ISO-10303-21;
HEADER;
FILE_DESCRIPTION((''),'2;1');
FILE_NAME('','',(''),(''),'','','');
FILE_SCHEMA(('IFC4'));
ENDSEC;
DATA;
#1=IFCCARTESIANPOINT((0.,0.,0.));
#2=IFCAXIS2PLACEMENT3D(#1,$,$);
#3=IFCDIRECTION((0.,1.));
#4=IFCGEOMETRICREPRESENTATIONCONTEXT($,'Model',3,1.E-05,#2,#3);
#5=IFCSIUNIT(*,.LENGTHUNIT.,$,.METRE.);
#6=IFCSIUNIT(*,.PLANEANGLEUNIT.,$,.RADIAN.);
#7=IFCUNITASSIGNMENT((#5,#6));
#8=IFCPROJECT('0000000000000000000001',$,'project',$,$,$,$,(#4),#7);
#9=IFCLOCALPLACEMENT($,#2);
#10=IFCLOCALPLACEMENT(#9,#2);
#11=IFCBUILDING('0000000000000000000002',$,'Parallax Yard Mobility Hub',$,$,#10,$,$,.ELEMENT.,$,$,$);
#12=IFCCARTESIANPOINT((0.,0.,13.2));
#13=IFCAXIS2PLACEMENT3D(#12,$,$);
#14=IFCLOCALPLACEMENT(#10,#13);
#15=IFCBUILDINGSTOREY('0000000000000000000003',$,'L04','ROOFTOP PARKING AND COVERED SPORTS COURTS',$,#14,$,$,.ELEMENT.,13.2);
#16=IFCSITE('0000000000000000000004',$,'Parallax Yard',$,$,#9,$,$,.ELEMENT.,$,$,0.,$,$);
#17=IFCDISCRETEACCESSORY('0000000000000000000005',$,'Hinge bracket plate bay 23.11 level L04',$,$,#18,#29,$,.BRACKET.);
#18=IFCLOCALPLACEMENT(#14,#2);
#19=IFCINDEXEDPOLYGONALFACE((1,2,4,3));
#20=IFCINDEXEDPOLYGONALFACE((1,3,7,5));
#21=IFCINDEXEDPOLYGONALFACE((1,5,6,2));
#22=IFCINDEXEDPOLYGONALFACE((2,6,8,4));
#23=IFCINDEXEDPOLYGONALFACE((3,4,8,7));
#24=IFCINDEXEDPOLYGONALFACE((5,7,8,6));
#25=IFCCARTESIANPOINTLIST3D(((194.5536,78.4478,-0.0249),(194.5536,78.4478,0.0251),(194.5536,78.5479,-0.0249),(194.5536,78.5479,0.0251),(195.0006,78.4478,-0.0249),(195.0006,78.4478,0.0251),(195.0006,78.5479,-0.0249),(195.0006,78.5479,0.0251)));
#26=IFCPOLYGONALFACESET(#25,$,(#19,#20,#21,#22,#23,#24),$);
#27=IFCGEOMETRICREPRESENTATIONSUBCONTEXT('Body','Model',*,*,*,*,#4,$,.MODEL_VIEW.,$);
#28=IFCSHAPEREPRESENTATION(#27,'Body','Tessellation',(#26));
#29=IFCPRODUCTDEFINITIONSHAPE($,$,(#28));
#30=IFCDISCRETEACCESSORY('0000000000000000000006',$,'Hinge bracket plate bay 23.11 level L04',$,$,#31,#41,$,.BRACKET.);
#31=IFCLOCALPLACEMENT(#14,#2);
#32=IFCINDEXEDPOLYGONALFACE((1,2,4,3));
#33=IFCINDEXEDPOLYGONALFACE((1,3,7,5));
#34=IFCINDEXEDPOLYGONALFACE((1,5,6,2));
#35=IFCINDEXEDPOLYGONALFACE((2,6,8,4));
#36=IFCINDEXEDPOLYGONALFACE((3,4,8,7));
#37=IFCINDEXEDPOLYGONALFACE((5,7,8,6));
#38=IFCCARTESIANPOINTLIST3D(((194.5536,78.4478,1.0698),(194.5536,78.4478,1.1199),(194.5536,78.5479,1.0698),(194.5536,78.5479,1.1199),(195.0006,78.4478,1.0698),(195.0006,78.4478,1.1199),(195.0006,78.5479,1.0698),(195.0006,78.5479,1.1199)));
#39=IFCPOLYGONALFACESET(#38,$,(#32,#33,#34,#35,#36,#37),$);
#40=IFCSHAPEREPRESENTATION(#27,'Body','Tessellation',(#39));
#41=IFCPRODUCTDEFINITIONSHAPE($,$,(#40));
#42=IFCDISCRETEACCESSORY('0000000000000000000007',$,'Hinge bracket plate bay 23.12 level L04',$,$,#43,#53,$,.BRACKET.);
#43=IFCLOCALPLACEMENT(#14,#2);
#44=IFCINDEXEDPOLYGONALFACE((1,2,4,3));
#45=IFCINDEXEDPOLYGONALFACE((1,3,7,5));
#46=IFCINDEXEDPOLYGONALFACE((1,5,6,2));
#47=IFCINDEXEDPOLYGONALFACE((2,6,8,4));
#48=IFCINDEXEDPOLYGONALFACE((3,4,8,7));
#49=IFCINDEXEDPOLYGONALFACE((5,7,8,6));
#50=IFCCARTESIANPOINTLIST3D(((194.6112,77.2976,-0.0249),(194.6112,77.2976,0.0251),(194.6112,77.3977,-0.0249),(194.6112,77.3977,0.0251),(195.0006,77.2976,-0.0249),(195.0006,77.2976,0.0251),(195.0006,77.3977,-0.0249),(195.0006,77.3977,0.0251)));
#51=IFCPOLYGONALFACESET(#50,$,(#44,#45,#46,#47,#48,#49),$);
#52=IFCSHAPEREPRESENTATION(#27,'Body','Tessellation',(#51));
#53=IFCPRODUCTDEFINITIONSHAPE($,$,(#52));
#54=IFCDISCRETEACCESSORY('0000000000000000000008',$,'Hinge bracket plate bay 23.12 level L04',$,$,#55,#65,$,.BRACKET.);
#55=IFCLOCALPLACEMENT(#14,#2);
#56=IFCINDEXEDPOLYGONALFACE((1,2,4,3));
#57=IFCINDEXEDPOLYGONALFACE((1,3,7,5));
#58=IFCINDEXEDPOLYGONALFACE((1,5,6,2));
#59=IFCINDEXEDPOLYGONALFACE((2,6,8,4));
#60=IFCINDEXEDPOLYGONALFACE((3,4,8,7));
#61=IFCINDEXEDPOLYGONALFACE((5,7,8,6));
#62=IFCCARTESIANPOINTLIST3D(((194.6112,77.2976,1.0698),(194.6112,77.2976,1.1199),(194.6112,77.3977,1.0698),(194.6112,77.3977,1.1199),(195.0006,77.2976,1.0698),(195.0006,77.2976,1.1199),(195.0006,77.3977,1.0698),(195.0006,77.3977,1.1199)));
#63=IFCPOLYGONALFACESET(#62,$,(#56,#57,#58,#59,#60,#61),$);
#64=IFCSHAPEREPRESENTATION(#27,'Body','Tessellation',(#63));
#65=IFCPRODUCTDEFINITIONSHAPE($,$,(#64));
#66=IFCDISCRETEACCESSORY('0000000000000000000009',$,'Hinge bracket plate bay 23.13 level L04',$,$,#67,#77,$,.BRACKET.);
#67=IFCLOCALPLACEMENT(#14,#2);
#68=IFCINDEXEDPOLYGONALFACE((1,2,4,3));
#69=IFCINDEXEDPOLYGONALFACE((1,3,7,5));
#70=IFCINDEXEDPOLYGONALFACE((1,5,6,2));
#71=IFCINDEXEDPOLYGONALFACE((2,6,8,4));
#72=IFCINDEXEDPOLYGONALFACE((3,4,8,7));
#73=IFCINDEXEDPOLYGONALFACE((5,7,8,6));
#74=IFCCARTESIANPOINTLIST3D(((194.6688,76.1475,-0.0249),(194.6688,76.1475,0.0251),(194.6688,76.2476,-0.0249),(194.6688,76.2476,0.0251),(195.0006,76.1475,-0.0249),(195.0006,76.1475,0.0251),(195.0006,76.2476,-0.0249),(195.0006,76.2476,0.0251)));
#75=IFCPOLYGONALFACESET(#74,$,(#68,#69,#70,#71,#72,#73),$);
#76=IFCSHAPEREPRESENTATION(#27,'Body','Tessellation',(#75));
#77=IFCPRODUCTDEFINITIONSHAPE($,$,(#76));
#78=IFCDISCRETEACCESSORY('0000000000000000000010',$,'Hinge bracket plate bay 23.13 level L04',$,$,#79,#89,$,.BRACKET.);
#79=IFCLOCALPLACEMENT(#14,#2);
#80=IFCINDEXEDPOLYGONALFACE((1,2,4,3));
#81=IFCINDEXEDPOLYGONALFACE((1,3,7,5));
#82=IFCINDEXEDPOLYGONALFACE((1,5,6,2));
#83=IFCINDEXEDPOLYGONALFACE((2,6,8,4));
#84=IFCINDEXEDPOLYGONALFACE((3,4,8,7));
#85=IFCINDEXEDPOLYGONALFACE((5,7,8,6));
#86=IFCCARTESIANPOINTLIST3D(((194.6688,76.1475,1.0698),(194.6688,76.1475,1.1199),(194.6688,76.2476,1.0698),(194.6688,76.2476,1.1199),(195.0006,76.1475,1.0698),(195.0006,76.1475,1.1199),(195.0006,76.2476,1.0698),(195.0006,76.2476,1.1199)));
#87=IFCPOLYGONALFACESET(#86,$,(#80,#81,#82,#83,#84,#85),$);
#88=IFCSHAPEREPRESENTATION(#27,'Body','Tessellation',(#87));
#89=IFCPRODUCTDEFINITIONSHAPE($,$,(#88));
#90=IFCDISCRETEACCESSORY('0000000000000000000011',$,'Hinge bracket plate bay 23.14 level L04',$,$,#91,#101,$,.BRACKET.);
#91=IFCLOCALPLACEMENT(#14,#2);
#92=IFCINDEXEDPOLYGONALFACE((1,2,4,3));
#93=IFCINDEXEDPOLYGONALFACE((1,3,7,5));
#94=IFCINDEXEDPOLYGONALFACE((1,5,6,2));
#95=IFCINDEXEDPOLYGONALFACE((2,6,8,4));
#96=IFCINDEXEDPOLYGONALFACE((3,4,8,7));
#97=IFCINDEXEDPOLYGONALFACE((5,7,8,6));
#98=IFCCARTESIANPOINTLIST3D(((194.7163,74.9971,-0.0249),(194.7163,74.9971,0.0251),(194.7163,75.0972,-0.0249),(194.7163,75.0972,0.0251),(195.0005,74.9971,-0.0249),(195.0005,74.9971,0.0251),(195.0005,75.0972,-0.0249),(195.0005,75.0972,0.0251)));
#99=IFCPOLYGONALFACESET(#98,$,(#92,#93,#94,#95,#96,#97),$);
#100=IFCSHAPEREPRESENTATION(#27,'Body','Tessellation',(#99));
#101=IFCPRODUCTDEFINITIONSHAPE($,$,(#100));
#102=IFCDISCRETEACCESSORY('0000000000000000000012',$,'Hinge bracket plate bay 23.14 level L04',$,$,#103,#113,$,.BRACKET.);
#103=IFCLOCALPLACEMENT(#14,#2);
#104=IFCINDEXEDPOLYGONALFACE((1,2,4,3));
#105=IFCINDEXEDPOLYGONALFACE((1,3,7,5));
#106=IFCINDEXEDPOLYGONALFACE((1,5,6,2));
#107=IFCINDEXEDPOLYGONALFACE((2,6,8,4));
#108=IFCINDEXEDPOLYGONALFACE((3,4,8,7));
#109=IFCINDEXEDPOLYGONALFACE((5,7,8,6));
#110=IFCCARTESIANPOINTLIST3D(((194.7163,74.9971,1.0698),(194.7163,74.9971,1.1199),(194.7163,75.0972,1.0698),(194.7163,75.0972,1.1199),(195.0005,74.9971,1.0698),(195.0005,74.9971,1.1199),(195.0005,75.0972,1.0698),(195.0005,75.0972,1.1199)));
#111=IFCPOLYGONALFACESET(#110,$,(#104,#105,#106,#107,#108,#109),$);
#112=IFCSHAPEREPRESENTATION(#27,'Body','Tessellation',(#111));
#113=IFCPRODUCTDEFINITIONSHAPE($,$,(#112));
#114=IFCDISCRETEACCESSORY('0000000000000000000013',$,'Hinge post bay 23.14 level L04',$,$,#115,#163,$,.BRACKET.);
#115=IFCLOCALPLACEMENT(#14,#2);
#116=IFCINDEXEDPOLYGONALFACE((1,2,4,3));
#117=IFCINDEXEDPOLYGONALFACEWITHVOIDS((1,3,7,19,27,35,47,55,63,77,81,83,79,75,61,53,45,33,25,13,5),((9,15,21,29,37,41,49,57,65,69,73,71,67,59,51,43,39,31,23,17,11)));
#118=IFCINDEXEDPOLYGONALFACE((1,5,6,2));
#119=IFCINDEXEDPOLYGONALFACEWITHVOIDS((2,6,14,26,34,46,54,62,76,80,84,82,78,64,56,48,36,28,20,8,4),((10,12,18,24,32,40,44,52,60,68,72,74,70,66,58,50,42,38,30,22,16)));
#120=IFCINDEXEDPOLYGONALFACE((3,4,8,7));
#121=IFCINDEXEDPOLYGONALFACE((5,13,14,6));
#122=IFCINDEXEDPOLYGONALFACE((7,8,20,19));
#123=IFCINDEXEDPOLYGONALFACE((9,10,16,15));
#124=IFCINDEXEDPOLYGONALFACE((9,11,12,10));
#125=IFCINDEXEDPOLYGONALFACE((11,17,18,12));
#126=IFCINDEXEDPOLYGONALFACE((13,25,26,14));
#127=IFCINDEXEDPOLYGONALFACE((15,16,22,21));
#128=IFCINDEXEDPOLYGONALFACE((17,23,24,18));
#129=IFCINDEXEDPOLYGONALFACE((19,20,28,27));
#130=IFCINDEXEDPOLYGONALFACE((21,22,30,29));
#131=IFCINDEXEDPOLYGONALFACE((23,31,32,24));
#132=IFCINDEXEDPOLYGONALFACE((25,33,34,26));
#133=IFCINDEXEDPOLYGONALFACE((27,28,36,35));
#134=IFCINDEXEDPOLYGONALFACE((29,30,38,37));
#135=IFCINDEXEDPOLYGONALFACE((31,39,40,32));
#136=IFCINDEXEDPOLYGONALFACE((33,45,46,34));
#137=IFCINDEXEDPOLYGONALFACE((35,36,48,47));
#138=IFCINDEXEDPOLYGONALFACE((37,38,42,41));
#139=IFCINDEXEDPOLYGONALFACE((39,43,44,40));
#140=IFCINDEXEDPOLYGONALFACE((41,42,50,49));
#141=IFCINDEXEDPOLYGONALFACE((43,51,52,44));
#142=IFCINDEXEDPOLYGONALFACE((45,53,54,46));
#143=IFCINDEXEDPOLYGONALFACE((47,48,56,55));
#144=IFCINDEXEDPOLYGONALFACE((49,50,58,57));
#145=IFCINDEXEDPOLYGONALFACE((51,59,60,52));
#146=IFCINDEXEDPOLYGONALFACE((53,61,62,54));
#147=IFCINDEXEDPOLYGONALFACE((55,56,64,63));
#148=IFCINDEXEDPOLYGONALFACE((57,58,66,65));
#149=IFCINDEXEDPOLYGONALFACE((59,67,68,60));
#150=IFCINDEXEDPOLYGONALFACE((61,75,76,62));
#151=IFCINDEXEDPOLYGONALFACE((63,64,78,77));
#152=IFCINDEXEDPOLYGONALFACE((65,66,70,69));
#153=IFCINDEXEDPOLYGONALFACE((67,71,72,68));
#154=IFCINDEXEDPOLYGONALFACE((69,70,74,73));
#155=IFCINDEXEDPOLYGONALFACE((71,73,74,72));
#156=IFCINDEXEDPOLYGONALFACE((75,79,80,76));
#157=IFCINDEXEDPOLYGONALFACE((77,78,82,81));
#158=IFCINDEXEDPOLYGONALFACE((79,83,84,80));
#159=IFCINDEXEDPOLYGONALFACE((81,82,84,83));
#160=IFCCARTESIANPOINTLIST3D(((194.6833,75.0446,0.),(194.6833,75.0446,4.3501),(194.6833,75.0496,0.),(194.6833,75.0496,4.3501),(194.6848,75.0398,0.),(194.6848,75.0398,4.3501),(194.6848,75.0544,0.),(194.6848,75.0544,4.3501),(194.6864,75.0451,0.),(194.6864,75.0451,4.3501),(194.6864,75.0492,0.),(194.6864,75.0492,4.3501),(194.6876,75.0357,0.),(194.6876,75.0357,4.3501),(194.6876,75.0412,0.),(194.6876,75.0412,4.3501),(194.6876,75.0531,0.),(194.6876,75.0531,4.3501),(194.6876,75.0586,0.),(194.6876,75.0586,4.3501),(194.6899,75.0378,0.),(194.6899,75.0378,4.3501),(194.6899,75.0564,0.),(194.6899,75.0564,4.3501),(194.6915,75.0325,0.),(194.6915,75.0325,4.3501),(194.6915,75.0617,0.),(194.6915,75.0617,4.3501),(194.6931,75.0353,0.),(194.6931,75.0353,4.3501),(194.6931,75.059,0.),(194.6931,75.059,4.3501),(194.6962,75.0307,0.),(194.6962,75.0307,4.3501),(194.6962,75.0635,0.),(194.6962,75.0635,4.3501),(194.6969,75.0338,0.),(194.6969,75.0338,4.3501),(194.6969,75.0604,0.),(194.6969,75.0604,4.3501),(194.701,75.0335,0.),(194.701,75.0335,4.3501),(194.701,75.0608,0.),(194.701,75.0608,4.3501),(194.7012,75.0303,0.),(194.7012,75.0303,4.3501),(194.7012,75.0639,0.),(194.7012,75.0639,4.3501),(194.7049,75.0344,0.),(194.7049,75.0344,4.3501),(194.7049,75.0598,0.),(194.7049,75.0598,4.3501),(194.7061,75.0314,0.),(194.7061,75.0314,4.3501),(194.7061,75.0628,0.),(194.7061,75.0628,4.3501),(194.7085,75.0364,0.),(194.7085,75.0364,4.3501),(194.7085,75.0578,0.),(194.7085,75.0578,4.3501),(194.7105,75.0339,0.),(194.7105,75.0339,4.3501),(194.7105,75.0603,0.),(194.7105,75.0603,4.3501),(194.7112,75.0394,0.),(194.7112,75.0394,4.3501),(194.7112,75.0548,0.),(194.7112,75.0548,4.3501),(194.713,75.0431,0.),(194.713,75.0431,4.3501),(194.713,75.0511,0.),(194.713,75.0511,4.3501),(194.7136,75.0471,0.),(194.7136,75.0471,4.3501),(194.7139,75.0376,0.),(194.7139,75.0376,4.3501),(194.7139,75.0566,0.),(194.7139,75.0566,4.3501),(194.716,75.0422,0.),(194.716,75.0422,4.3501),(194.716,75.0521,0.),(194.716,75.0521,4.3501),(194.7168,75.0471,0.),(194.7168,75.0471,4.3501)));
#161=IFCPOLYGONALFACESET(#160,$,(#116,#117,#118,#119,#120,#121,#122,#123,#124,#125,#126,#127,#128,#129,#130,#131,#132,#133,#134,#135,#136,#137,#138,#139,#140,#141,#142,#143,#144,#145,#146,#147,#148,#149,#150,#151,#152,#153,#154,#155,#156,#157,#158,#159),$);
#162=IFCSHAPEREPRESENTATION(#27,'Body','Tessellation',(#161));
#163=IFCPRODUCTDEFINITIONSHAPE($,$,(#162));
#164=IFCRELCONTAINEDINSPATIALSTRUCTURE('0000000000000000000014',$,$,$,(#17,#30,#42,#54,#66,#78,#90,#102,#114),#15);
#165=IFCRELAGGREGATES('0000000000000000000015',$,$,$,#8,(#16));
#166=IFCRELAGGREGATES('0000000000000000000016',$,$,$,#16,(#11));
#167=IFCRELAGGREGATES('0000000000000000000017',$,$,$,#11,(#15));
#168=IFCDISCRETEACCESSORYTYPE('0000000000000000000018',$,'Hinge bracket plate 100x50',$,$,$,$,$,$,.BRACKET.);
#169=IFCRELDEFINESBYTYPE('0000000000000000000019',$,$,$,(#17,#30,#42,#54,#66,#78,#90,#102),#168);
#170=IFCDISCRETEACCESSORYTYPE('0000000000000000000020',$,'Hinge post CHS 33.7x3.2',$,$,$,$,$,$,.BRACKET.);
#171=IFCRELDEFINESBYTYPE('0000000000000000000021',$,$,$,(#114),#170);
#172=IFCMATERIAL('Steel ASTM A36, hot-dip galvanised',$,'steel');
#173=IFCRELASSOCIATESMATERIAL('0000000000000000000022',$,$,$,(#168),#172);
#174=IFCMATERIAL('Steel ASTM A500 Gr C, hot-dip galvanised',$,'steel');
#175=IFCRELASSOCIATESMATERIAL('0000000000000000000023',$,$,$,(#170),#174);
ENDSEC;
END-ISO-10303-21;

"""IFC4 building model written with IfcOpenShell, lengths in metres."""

from ifc_helpers import new_model, si_unit, direction, frame, origin, origin_2d, place, context, subcontext, project, spatial, rectangle, hollow_circle, extrude, material, material_profile, profile_set, type_object, element, save


model = new_model("IFC4")

# Units and contexts
model_context = context("Model", 3, precision=1e-05, world=origin(), true_north=direction((0.0, 1.0)))
body_context = subcontext(model_context, "Body", "Model", "MODEL_VIEW")
ifc_project = project(units=[si_unit("LENGTHUNIT", "METRE"), si_unit("PLANEANGLEUNIT", "RADIAN")], contexts=[model_context])

# Site, building, storey
site_placement = place(None, origin())
site = spatial("IfcSite", under=ifc_project, at=site_placement, Name="Parallax Yard", CompositionType="ELEMENT", RefElevation=0.0)
building_placement = place(site_placement, origin())
building = spatial("IfcBuilding", under=site, at=building_placement, Name="Parallax Yard Mobility Hub", CompositionType="ELEMENT")
storey_placement = place(building_placement, frame((0.0, 0.0, 13.2)))
storey = spatial("IfcBuildingStorey", under=building, at=storey_placement, Name="L04", Description="ROOFTOP PARKING AND COVERED SPORTS COURTS", CompositionType="ELEMENT", Elevation=13.2)

# Discrete accessories
ifc_material_1 = material(Name="Steel ASTM A36, hot-dip galvanised", Category="steel")
discrete_accessory_type_1 = type_object("IfcDiscreteAccessoryType", Name="Hinge bracket plate 100x50", PredefinedType="BRACKET", material=ifc_material_1)
for number, where, z_axis, x_axis, name in (
    (1, (194.7771, 78.4978, -0.0249), (0.0, 0.0, 1.0), (-1.0, 0.0, 0.0), "Hinge bracket plate bay 23.11 level L04"),
    (2, (194.7771, 78.4978, 1.0698), (0.0, 0.0, 1.0), (-1.0, 0.0, 0.0), "Hinge bracket plate bay 23.11 level L04"),
):
    element("IfcDiscreteAccessory", number, at=place(storey_placement, frame(where, z_axis=z_axis, x_axis=x_axis)), inside=storey, type_object=discrete_accessory_type_1, Name=name, PredefinedType="BRACKET", context=body_context, shape_type="SweptSolid", body=[
        extrude(rectangle(XDim=0.447, YDim=0.1001, at=origin_2d()), origin(), (0.0, 0.0, 1.0), 0.05),
    ])
for number, where, z_axis, x_axis, name in (
    (3, (194.8059, 77.3477, -0.0249), (0.0, 0.0, 1.0), (-1.0, 0.0, 0.0), "Hinge bracket plate bay 23.12 level L04"),
    (4, (194.8059, 77.3477, 1.0698), (0.0, 0.0, 1.0), (-1.0, 0.0, 0.0), "Hinge bracket plate bay 23.12 level L04"),
):
    element("IfcDiscreteAccessory", number, at=place(storey_placement, frame(where, z_axis=z_axis, x_axis=x_axis)), inside=storey, type_object=discrete_accessory_type_1, Name=name, PredefinedType="BRACKET", context=body_context, shape_type="SweptSolid", body=[
        extrude(rectangle(XDim=0.3894, YDim=0.1001, at=origin_2d()), origin(), (0.0, 0.0, 1.0), 0.05),
    ])
for number, where, z_axis, x_axis, name in (
    (5, (194.8347, 76.1975, -0.0249), (0.0, 0.0, 1.0), (-1.0, 0.0, 0.0), "Hinge bracket plate bay 23.13 level L04"),
    (6, (194.8347, 76.1975, 1.0698), (0.0, 0.0, 1.0), (-1.0, 0.0, 0.0), "Hinge bracket plate bay 23.13 level L04"),
):
    element("IfcDiscreteAccessory", number, at=place(storey_placement, frame(where, z_axis=z_axis, x_axis=x_axis)), inside=storey, type_object=discrete_accessory_type_1, Name=name, PredefinedType="BRACKET", context=body_context, shape_type="SweptSolid", body=[
        extrude(rectangle(XDim=0.3318, YDim=0.1001, at=origin_2d()), origin(), (0.0, 0.0, 1.0), 0.05),
    ])
for number, where, z_axis, x_axis, name in (
    (7, (194.8584, 75.0471, -0.0249), (0.0, 0.0, 1.0), (-1.0, 0.0, 0.0), "Hinge bracket plate bay 23.14 level L04"),
    (8, (194.8584, 75.0471, 1.0698), (0.0, 0.0, 1.0), (-1.0, 0.0, 0.0), "Hinge bracket plate bay 23.14 level L04"),
):
    element("IfcDiscreteAccessory", number, at=place(storey_placement, frame(where, z_axis=z_axis, x_axis=x_axis)), inside=storey, type_object=discrete_accessory_type_1, Name=name, PredefinedType="BRACKET", context=body_context, shape_type="SweptSolid", body=[
        extrude(rectangle(XDim=0.2842, YDim=0.1001, at=origin_2d()), origin(), (0.0, 0.0, 1.0), 0.05),
    ])
ifc_material_2 = material(Name="Steel ASTM A500 Gr C, hot-dip galvanised", Category="steel")
ifc_material_profile_1 = material_profile(ifc_material_2, hollow_circle(Radius=0.0168, WallThickness=0.0032, at=origin_2d()), Name="CHS 33.7x3.2")
ifc_profile_set_1 = profile_set([ifc_material_profile_1], Name="Steel ASTM A500 Gr C, hot-dip galvanised")
discrete_accessory_type_2 = type_object("IfcDiscreteAccessoryType", Name="Hinge post CHS 33.7x3.2", PredefinedType="BRACKET", material=ifc_profile_set_1)
discrete_accessory_1_placement = place(storey_placement, frame((194.7, 75.0471, 0.0), z_axis=(0.0, 0.0, 1.0), x_axis=(1.0, 0.0, 0.0)))
element("IfcDiscreteAccessory", 9, at=discrete_accessory_1_placement, inside=storey, type_object=discrete_accessory_type_2, Name="Hinge post bay 23.14 level L04", PredefinedType="BRACKET", context=body_context, shape_type="SweptSolid", body=[
    extrude(hollow_circle(Radius=0.0168, WallThickness=0.0032, at=origin_2d()), origin(), (0.0, 0.0, 1.0), 4.3501),
])

save(model, "model.ifc")
